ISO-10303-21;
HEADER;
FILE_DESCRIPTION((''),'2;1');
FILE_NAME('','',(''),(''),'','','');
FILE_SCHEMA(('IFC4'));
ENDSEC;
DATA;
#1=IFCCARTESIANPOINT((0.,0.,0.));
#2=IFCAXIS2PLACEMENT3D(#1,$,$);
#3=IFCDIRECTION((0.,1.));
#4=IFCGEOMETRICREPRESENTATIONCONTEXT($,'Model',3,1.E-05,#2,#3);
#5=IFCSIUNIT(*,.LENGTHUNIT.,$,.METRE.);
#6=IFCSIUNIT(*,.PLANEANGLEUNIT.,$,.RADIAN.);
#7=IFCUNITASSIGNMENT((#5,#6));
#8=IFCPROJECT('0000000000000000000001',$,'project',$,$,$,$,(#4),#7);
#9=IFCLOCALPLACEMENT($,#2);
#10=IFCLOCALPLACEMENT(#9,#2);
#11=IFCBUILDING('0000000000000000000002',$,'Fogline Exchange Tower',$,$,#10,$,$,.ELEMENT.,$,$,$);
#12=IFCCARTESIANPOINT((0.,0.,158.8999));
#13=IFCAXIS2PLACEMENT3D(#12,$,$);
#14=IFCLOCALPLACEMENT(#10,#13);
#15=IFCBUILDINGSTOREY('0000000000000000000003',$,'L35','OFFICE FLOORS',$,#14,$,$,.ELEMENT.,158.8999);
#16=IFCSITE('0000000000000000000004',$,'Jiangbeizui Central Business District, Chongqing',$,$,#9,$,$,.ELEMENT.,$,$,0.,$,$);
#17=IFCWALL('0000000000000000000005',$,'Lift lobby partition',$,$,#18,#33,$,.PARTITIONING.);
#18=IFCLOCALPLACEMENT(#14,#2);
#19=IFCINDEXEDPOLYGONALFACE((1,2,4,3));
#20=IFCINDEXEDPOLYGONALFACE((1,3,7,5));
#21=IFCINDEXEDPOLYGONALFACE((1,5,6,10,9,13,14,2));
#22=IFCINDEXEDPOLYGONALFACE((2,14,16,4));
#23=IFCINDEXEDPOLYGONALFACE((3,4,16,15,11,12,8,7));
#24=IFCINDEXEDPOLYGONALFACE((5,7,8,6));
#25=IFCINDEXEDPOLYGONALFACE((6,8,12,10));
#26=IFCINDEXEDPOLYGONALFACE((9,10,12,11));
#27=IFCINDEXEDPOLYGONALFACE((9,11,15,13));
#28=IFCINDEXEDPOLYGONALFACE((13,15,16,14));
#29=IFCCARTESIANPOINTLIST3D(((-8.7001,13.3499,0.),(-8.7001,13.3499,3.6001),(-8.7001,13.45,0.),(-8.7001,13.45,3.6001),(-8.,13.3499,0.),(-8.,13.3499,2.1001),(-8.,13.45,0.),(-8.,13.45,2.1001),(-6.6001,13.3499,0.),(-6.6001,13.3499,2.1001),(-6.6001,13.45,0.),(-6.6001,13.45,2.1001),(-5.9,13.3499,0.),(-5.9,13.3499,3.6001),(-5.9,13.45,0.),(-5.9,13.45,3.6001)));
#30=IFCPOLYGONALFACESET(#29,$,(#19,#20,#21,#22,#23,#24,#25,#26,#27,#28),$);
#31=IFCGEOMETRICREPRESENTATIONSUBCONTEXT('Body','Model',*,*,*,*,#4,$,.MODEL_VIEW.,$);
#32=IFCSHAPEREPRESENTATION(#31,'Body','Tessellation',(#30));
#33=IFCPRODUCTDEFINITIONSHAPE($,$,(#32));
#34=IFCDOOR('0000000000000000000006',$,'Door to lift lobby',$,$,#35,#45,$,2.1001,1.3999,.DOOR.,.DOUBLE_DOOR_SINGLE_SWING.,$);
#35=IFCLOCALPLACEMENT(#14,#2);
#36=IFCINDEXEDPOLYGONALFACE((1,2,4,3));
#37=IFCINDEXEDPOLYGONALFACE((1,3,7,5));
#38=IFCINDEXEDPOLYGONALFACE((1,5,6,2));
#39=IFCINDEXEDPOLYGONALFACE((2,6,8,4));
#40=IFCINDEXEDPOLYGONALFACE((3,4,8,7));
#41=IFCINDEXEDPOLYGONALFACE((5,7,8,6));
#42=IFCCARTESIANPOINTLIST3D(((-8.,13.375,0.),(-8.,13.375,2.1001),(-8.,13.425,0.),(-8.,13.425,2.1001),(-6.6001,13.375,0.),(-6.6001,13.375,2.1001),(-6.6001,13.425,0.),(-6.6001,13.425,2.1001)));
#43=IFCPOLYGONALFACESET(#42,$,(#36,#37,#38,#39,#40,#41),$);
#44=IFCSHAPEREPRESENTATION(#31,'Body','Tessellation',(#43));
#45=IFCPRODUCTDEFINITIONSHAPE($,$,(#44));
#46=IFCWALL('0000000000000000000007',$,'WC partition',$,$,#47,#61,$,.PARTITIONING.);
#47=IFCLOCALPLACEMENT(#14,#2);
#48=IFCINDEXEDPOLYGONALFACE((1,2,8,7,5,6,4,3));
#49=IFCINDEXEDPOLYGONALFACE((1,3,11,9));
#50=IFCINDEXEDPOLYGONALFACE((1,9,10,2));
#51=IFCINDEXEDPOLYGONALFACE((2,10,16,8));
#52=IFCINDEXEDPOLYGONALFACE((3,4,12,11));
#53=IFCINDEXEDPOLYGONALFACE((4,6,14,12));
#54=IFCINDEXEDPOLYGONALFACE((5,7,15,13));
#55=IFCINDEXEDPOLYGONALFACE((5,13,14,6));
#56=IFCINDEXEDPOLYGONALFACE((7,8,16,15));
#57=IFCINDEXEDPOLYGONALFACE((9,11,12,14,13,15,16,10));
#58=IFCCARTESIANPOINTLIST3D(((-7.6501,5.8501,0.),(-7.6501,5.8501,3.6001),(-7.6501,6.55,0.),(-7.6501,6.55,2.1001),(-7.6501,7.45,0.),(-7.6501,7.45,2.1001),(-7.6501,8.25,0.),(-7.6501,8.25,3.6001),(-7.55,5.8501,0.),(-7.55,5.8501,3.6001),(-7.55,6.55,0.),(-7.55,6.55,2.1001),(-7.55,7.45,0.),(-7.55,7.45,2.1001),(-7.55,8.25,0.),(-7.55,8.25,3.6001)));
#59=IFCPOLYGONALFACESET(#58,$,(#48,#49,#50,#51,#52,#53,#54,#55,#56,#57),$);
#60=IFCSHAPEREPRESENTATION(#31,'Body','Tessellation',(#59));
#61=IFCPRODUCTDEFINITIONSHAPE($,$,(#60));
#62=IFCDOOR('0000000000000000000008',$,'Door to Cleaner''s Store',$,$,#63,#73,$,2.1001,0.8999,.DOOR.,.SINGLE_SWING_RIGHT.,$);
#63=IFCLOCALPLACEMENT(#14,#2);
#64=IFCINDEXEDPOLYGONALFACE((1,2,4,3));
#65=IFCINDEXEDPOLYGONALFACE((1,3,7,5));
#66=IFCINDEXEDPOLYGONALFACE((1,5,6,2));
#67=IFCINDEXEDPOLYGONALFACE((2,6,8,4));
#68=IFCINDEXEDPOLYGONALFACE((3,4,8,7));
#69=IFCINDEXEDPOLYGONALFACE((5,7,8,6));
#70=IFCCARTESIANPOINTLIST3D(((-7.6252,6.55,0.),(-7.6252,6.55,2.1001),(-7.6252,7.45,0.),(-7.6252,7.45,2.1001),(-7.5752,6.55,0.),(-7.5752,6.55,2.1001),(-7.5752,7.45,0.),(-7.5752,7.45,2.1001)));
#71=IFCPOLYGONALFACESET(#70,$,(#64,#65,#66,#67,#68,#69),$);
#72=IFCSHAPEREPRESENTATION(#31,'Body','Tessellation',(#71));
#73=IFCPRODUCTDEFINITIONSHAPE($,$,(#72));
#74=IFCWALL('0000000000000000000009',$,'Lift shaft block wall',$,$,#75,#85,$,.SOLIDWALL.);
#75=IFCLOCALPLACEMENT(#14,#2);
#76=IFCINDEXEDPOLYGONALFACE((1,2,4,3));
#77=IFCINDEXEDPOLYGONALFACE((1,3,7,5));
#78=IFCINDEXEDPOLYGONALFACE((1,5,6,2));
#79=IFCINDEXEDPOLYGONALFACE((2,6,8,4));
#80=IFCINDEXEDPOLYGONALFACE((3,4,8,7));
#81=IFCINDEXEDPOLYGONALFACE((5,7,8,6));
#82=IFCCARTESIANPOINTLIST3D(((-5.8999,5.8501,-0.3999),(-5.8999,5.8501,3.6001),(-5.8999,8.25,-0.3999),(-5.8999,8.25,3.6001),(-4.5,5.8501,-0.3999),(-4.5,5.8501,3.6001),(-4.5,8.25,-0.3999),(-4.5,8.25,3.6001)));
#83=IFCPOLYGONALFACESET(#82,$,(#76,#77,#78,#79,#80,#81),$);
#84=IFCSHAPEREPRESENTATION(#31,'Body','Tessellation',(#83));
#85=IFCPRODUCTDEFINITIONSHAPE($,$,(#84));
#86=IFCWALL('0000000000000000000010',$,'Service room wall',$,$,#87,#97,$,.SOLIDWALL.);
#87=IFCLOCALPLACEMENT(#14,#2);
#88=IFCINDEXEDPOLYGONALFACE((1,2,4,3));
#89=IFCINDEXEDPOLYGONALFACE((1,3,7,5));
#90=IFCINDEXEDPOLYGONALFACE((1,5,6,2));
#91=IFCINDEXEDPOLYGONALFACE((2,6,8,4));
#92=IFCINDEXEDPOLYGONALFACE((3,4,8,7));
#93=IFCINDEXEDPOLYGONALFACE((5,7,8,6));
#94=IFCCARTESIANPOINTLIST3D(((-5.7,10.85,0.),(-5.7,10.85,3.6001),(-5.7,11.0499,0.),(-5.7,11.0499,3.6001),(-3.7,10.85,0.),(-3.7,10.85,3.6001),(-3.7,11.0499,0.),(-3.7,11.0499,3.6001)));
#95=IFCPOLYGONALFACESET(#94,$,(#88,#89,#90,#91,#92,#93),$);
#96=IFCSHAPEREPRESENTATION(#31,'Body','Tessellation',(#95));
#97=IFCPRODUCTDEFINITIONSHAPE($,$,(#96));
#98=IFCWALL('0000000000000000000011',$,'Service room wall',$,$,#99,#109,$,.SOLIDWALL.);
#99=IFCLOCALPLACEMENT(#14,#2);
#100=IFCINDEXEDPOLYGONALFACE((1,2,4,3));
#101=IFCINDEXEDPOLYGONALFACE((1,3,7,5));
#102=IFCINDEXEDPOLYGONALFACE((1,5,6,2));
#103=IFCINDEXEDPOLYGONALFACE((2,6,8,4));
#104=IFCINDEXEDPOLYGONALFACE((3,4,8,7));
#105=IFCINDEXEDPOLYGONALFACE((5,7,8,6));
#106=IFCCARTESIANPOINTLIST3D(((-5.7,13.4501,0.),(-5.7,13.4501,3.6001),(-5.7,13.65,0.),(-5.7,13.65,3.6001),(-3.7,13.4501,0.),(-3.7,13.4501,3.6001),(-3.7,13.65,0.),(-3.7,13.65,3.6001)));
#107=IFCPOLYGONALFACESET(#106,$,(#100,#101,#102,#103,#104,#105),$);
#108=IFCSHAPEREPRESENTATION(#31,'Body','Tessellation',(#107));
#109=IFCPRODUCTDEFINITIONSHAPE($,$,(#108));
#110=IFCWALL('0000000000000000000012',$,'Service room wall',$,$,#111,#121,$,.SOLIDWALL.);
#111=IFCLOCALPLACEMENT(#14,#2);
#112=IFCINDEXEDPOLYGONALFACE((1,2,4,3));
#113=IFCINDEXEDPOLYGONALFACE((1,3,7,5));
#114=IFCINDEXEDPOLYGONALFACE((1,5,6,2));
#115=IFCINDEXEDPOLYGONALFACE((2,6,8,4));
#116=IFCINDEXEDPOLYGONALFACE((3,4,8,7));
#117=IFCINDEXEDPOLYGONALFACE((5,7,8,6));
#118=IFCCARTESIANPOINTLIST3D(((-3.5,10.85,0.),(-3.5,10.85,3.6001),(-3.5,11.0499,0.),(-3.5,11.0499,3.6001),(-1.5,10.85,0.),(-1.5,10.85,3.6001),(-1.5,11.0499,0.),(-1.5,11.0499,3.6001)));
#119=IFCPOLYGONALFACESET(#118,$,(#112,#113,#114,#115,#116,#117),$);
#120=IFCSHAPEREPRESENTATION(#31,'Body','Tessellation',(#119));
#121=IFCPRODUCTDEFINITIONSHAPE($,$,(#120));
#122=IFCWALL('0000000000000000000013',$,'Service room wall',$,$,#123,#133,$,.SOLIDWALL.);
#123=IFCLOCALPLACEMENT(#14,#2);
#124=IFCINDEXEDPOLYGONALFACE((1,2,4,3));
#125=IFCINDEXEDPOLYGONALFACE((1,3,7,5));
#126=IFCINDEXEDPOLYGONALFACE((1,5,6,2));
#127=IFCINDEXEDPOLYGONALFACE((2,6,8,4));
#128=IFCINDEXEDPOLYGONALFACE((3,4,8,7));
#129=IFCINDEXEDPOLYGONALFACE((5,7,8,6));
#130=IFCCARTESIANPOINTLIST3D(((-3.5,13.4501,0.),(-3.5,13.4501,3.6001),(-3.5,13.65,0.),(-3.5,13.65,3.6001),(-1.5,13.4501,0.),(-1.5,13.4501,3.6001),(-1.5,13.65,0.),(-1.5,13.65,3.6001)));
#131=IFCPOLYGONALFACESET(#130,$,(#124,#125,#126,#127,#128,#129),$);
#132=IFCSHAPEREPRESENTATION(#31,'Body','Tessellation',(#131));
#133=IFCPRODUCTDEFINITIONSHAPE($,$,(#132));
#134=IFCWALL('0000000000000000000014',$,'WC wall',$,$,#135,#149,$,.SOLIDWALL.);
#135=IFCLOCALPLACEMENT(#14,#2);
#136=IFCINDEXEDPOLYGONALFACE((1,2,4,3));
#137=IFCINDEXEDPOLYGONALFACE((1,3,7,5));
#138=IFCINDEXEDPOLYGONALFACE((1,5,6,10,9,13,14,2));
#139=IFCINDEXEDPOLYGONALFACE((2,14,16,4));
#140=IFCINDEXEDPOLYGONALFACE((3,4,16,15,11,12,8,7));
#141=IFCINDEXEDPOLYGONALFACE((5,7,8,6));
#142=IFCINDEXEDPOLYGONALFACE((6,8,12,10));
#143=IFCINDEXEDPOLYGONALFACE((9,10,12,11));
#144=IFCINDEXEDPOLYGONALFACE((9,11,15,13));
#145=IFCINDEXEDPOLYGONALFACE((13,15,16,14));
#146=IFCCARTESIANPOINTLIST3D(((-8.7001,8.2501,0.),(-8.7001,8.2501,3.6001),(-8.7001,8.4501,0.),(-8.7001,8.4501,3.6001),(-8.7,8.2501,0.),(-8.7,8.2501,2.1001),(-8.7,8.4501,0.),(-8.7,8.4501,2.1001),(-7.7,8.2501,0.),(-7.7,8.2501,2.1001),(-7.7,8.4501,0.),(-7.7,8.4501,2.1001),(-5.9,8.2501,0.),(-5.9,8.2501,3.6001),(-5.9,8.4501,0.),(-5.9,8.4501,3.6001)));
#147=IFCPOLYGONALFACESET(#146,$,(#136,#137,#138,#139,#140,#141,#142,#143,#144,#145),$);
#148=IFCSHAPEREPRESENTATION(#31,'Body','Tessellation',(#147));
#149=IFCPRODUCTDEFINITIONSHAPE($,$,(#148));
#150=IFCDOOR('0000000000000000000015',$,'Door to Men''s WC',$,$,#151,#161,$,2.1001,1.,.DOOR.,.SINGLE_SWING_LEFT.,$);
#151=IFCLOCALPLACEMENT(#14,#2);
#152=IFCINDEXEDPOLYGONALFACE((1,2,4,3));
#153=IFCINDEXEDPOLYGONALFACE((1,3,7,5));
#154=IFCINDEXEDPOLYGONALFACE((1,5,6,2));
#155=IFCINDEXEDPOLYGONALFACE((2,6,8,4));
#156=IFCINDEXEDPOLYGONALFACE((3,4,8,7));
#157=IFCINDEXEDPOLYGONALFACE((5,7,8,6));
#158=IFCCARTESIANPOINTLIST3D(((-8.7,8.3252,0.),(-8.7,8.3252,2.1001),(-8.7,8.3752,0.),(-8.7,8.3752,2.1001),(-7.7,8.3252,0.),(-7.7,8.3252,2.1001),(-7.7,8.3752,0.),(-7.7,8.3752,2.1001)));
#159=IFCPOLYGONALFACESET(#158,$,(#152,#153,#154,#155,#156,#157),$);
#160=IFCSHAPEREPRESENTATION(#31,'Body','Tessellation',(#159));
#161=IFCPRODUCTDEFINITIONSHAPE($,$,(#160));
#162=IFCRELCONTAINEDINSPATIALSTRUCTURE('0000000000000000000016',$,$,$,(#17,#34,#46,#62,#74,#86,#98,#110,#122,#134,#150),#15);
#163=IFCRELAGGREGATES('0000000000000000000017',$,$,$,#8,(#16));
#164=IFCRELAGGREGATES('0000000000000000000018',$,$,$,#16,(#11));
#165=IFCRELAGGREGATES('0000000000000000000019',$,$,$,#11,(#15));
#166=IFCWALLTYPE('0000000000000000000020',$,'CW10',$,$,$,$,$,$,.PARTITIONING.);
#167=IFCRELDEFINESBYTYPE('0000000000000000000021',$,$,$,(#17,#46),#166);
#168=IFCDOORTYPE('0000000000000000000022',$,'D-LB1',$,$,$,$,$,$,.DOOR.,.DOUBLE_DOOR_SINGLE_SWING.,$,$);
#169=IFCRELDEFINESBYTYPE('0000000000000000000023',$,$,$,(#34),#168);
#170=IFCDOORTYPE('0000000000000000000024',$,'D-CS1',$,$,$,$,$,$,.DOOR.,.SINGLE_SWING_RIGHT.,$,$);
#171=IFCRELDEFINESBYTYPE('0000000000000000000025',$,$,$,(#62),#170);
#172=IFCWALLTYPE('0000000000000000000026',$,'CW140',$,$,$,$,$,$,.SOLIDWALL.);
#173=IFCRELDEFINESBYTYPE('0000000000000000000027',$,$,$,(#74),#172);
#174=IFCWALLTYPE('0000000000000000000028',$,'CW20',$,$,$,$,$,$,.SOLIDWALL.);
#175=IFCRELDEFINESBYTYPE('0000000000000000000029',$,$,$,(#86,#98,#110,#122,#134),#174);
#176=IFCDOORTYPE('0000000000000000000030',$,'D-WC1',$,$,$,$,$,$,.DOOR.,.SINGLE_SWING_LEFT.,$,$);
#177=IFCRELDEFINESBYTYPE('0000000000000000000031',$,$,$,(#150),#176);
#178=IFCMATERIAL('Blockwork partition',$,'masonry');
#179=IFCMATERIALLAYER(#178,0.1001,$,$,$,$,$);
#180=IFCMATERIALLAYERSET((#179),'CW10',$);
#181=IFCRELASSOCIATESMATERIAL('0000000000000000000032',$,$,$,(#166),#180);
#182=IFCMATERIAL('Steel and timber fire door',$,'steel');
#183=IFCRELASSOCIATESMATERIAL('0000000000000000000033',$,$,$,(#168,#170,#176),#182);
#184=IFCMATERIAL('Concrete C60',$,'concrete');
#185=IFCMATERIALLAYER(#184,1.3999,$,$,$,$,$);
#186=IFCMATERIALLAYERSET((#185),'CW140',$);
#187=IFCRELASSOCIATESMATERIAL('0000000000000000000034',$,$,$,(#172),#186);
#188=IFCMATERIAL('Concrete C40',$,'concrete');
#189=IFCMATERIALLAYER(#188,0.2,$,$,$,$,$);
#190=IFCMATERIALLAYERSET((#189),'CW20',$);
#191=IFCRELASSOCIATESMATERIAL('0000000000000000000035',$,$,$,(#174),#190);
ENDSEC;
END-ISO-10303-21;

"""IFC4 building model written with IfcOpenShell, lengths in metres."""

from ifc_helpers import new_model, si_unit, direction, frame, frame_2d, origin, place, context, subcontext, project, spatial, rectangle, extrude, material, layer, layer_set, type_object, element, fill, save


model = new_model("IFC4")

# Units and contexts
model_context = context("Model", 3, precision=1e-05, world=origin(), true_north=direction((0.0, 1.0)))
body_context = subcontext(model_context, "Body", "Model", "MODEL_VIEW")
ifc_project = project(units=[si_unit("LENGTHUNIT", "METRE"), si_unit("PLANEANGLEUNIT", "RADIAN")], contexts=[model_context])

# Site, building, storey
site_placement = place(None, origin())
site = spatial("IfcSite", under=ifc_project, at=site_placement, Name="Jiangbeizui Central Business District, Chongqing", CompositionType="ELEMENT", RefElevation=0.0)
building_placement = place(site_placement, origin())
building = spatial("IfcBuilding", under=site, at=building_placement, Name="Fogline Exchange Tower", CompositionType="ELEMENT")
storey_placement = place(building_placement, frame((0.0, 0.0, 158.8999)))
storey = spatial("IfcBuildingStorey", under=building, at=storey_placement, Name="L35", Description="OFFICE FLOORS", CompositionType="ELEMENT", Elevation=158.8999)

# Walls, openings, doors
ifc_material_1 = material(Name="Blockwork partition", Category="masonry")
ifc_layer_1 = layer(ifc_material_1, 0.1001)
ifc_layer_set_1 = layer_set([ifc_layer_1], Name="CW10")
wall_type_1 = type_object("IfcWallType", Name="CW10", PredefinedType="PARTITIONING", material=ifc_layer_set_1)
wall_1_placement = place(storey_placement, frame((-8.7, 13.3999, 0.0), z_axis=(0.0, 0.0, 1.0), x_axis=(1.0, 0.0, 0.0)))
wall_1 = element("IfcWall", 1, at=wall_1_placement, inside=storey, type_object=wall_type_1, Name="Lift lobby partition", PredefinedType="PARTITIONING", context=body_context, shape_type="SweptSolid", body=[
    extrude(rectangle(XDim=2.8, YDim=0.1001, at=frame_2d((1.3999, 0.0))), origin(), (0.0, 0.0, 1.0), 3.6001),
])
opening_1_placement = place(wall_1_placement, frame((0.7, 0.0, 0.0)))
opening_1 = element("IfcOpeningElement", 2, at=opening_1_placement, cuts=wall_1, PredefinedType="OPENING", context=body_context, shape_type="SweptSolid", body=[
    extrude(rectangle(XDim=1.3999, YDim=2.1001, at=frame_2d((0.7, 1.05))), frame((0.0, 0.0601, 0.0), z_axis=(0.0, -1.0, 0.0), x_axis=(1.0, 0.0, 0.0)), (0.0, 0.0, 1.0), 0.1201),
])
ifc_material_2 = material(Name="Steel and timber fire door", Category="steel")
door_type_1 = type_object("IfcDoorType", Name="D-LB1", OperationType="DOUBLE_DOOR_SINGLE_SWING", PredefinedType="DOOR", material=ifc_material_2)
door_1_placement = place(opening_1_placement, frame((1.3999, 0.0, 0.0), z_axis=(0.0, 0.0, 1.0), x_axis=(-1.0, 0.0, 0.0)))
door_1 = element("IfcDoor", 3, at=door_1_placement, inside=storey, type_object=door_type_1, Name="Door to lift lobby", OperationType="DOUBLE_DOOR_SINGLE_SWING", OverallHeight=2.1001, OverallWidth=1.3999, PredefinedType="DOOR", context=body_context, shape_type="SweptSolid", body=[
    extrude(rectangle(XDim=1.3999, YDim=2.1001, at=frame_2d((0.7, 1.05))), frame((0.0, 0.0249, 0.0), z_axis=(0.0, -1.0, 0.0), x_axis=(1.0, 0.0, 0.0)), (0.0, 0.0, 1.0), 0.05),
])
fill(opening_1, door_1)
wall_2_placement = place(storey_placement, frame((-7.6001, 5.8501, 0.0), z_axis=(0.0, 0.0, 1.0), x_axis=(0.0, 1.0, 0.0)))
wall_2 = element("IfcWall", 4, at=wall_2_placement, inside=storey, type_object=wall_type_1, Name="WC partition", PredefinedType="PARTITIONING", context=body_context, shape_type="SweptSolid", body=[
    extrude(rectangle(XDim=2.3999, YDim=0.1001, at=frame_2d((1.2, 0.0))), origin(), (0.0, 0.0, 1.0), 3.6001),
])
opening_2_placement = place(wall_2_placement, frame((0.7, 0.0, 0.0)))
opening_2 = element("IfcOpeningElement", 5, at=opening_2_placement, cuts=wall_2, PredefinedType="OPENING", context=body_context, shape_type="SweptSolid", body=[
    extrude(rectangle(XDim=0.8999, YDim=2.1001, at=frame_2d((0.45, 1.05))), frame((0.0, 0.0601, 0.0), z_axis=(0.0, -1.0, 0.0), x_axis=(1.0, 0.0, 0.0)), (0.0, 0.0, 1.0), 0.1201),
])
door_type_2 = type_object("IfcDoorType", Name="D-CS1", OperationType="SINGLE_SWING_RIGHT", PredefinedType="DOOR", material=ifc_material_2)
door_2_placement = place(opening_2_placement, frame((0.8999, 0.0, 0.0), z_axis=(0.0, 0.0, 1.0), x_axis=(-1.0, 0.0, 0.0)))
door_2 = element("IfcDoor", 6, at=door_2_placement, inside=storey, type_object=door_type_2, Name="Door to Cleaner's Store", OperationType="SINGLE_SWING_RIGHT", OverallHeight=2.1001, OverallWidth=0.8999, PredefinedType="DOOR", context=body_context, shape_type="SweptSolid", body=[
    extrude(rectangle(XDim=0.8999, YDim=2.1001, at=frame_2d((0.45, 1.05))), frame((0.0, 0.0249, 0.0), z_axis=(0.0, -1.0, 0.0), x_axis=(1.0, 0.0, 0.0)), (0.0, 0.0, 1.0), 0.05),
])
fill(opening_2, door_2)

# Walls
ifc_material_3 = material(Name="Concrete C60", Category="concrete")
ifc_layer_2 = layer(ifc_material_3, 1.3999)
ifc_layer_set_2 = layer_set([ifc_layer_2], Name="CW140")
wall_type_2 = type_object("IfcWallType", Name="CW140", PredefinedType="SOLIDWALL", material=ifc_layer_set_2)
wall_3_placement = place(storey_placement, frame((-5.2, 5.8501, -0.3999), z_axis=(0.0, 0.0, 1.0), x_axis=(0.0, 1.0, 0.0)))
element("IfcWall", 7, at=wall_3_placement, inside=storey, type_object=wall_type_2, Name="Lift shaft block wall", PredefinedType="SOLIDWALL", context=body_context, shape_type="SweptSolid", body=[
    extrude(rectangle(XDim=2.3999, YDim=1.3999, at=frame_2d((1.2, 0.0))), origin(), (0.0, 0.0, 1.0), 4.0),
])
ifc_material_4 = material(Name="Concrete C40", Category="concrete")
ifc_layer_3 = layer(ifc_material_4, 0.2)
ifc_layer_set_3 = layer_set([ifc_layer_3], Name="CW20")
wall_type_3 = type_object("IfcWallType", Name="CW20", PredefinedType="SOLIDWALL", material=ifc_layer_set_3)
for number, where, z_axis, x_axis, name in (
    (8, (-5.7, 10.95, 0.0), (0.0, 0.0, 1.0), (1.0, 0.0, 0.0), "Service room wall"),
    (9, (-5.7, 13.55, 0.0), (0.0, 0.0, 1.0), (1.0, 0.0, 0.0), "Service room wall"),
    (10, (-3.5, 10.95, 0.0), (0.0, 0.0, 1.0), (1.0, 0.0, 0.0), "Service room wall"),
    (11, (-3.5, 13.55, 0.0), (0.0, 0.0, 1.0), (1.0, 0.0, 0.0), "Service room wall"),
):
    element("IfcWall", number, at=place(storey_placement, frame(where, z_axis=z_axis, x_axis=x_axis)), inside=storey, type_object=wall_type_3, Name=name, PredefinedType="SOLIDWALL", context=body_context, shape_type="SweptSolid", body=[
        extrude(rectangle(XDim=2.0, YDim=0.2, at=frame_2d((1.0, 0.0))), origin(), (0.0, 0.0, 1.0), 3.6001),
    ])

# Wall, opening, door
wall_4_placement = place(storey_placement, frame((-8.7, 8.3501, 0.0), z_axis=(0.0, 0.0, 1.0), x_axis=(1.0, 0.0, 0.0)))
wall_4 = element("IfcWall", 12, at=wall_4_placement, inside=storey, type_object=wall_type_3, Name="WC wall", PredefinedType="SOLIDWALL", context=body_context, shape_type="SweptSolid", body=[
    extrude(rectangle(XDim=2.8, YDim=0.2, at=frame_2d((1.3999, 0.0))), origin(), (0.0, 0.0, 1.0), 3.6001),
])
opening_3_placement = place(wall_4_placement, origin())
opening_3 = element("IfcOpeningElement", 13, at=opening_3_placement, cuts=wall_4, PredefinedType="OPENING", context=body_context, shape_type="SweptSolid", body=[
    extrude(rectangle(XDim=1.0, YDim=2.1001, at=frame_2d((0.5, 1.05))), frame((0.0, 0.1099, 0.0), z_axis=(0.0, -1.0, 0.0), x_axis=(1.0, 0.0, 0.0)), (0.0, 0.0, 1.0), 0.22),
])
door_type_3 = type_object("IfcDoorType", Name="D-WC1", OperationType="SINGLE_SWING_LEFT", PredefinedType="DOOR", material=ifc_material_2)
door_3_placement = place(opening_3_placement, frame((1.0, 0.0, 0.0), z_axis=(0.0, 0.0, 1.0), x_axis=(-1.0, 0.0, 0.0)))
door_3 = element("IfcDoor", 14, at=door_3_placement, inside=storey, type_object=door_type_3, Name="Door to Men's WC", OperationType="SINGLE_SWING_LEFT", OverallHeight=2.1001, OverallWidth=1.0, PredefinedType="DOOR", context=body_context, shape_type="SweptSolid", body=[
    extrude(rectangle(XDim=1.0, YDim=2.1001, at=frame_2d((0.5, 1.05))), frame((0.0, 0.0249, 0.0), z_axis=(0.0, -1.0, 0.0), x_axis=(1.0, 0.0, 0.0)), (0.0, 0.0, 1.0), 0.05),
])
fill(opening_3, door_3)

save(model, "model.ifc")
